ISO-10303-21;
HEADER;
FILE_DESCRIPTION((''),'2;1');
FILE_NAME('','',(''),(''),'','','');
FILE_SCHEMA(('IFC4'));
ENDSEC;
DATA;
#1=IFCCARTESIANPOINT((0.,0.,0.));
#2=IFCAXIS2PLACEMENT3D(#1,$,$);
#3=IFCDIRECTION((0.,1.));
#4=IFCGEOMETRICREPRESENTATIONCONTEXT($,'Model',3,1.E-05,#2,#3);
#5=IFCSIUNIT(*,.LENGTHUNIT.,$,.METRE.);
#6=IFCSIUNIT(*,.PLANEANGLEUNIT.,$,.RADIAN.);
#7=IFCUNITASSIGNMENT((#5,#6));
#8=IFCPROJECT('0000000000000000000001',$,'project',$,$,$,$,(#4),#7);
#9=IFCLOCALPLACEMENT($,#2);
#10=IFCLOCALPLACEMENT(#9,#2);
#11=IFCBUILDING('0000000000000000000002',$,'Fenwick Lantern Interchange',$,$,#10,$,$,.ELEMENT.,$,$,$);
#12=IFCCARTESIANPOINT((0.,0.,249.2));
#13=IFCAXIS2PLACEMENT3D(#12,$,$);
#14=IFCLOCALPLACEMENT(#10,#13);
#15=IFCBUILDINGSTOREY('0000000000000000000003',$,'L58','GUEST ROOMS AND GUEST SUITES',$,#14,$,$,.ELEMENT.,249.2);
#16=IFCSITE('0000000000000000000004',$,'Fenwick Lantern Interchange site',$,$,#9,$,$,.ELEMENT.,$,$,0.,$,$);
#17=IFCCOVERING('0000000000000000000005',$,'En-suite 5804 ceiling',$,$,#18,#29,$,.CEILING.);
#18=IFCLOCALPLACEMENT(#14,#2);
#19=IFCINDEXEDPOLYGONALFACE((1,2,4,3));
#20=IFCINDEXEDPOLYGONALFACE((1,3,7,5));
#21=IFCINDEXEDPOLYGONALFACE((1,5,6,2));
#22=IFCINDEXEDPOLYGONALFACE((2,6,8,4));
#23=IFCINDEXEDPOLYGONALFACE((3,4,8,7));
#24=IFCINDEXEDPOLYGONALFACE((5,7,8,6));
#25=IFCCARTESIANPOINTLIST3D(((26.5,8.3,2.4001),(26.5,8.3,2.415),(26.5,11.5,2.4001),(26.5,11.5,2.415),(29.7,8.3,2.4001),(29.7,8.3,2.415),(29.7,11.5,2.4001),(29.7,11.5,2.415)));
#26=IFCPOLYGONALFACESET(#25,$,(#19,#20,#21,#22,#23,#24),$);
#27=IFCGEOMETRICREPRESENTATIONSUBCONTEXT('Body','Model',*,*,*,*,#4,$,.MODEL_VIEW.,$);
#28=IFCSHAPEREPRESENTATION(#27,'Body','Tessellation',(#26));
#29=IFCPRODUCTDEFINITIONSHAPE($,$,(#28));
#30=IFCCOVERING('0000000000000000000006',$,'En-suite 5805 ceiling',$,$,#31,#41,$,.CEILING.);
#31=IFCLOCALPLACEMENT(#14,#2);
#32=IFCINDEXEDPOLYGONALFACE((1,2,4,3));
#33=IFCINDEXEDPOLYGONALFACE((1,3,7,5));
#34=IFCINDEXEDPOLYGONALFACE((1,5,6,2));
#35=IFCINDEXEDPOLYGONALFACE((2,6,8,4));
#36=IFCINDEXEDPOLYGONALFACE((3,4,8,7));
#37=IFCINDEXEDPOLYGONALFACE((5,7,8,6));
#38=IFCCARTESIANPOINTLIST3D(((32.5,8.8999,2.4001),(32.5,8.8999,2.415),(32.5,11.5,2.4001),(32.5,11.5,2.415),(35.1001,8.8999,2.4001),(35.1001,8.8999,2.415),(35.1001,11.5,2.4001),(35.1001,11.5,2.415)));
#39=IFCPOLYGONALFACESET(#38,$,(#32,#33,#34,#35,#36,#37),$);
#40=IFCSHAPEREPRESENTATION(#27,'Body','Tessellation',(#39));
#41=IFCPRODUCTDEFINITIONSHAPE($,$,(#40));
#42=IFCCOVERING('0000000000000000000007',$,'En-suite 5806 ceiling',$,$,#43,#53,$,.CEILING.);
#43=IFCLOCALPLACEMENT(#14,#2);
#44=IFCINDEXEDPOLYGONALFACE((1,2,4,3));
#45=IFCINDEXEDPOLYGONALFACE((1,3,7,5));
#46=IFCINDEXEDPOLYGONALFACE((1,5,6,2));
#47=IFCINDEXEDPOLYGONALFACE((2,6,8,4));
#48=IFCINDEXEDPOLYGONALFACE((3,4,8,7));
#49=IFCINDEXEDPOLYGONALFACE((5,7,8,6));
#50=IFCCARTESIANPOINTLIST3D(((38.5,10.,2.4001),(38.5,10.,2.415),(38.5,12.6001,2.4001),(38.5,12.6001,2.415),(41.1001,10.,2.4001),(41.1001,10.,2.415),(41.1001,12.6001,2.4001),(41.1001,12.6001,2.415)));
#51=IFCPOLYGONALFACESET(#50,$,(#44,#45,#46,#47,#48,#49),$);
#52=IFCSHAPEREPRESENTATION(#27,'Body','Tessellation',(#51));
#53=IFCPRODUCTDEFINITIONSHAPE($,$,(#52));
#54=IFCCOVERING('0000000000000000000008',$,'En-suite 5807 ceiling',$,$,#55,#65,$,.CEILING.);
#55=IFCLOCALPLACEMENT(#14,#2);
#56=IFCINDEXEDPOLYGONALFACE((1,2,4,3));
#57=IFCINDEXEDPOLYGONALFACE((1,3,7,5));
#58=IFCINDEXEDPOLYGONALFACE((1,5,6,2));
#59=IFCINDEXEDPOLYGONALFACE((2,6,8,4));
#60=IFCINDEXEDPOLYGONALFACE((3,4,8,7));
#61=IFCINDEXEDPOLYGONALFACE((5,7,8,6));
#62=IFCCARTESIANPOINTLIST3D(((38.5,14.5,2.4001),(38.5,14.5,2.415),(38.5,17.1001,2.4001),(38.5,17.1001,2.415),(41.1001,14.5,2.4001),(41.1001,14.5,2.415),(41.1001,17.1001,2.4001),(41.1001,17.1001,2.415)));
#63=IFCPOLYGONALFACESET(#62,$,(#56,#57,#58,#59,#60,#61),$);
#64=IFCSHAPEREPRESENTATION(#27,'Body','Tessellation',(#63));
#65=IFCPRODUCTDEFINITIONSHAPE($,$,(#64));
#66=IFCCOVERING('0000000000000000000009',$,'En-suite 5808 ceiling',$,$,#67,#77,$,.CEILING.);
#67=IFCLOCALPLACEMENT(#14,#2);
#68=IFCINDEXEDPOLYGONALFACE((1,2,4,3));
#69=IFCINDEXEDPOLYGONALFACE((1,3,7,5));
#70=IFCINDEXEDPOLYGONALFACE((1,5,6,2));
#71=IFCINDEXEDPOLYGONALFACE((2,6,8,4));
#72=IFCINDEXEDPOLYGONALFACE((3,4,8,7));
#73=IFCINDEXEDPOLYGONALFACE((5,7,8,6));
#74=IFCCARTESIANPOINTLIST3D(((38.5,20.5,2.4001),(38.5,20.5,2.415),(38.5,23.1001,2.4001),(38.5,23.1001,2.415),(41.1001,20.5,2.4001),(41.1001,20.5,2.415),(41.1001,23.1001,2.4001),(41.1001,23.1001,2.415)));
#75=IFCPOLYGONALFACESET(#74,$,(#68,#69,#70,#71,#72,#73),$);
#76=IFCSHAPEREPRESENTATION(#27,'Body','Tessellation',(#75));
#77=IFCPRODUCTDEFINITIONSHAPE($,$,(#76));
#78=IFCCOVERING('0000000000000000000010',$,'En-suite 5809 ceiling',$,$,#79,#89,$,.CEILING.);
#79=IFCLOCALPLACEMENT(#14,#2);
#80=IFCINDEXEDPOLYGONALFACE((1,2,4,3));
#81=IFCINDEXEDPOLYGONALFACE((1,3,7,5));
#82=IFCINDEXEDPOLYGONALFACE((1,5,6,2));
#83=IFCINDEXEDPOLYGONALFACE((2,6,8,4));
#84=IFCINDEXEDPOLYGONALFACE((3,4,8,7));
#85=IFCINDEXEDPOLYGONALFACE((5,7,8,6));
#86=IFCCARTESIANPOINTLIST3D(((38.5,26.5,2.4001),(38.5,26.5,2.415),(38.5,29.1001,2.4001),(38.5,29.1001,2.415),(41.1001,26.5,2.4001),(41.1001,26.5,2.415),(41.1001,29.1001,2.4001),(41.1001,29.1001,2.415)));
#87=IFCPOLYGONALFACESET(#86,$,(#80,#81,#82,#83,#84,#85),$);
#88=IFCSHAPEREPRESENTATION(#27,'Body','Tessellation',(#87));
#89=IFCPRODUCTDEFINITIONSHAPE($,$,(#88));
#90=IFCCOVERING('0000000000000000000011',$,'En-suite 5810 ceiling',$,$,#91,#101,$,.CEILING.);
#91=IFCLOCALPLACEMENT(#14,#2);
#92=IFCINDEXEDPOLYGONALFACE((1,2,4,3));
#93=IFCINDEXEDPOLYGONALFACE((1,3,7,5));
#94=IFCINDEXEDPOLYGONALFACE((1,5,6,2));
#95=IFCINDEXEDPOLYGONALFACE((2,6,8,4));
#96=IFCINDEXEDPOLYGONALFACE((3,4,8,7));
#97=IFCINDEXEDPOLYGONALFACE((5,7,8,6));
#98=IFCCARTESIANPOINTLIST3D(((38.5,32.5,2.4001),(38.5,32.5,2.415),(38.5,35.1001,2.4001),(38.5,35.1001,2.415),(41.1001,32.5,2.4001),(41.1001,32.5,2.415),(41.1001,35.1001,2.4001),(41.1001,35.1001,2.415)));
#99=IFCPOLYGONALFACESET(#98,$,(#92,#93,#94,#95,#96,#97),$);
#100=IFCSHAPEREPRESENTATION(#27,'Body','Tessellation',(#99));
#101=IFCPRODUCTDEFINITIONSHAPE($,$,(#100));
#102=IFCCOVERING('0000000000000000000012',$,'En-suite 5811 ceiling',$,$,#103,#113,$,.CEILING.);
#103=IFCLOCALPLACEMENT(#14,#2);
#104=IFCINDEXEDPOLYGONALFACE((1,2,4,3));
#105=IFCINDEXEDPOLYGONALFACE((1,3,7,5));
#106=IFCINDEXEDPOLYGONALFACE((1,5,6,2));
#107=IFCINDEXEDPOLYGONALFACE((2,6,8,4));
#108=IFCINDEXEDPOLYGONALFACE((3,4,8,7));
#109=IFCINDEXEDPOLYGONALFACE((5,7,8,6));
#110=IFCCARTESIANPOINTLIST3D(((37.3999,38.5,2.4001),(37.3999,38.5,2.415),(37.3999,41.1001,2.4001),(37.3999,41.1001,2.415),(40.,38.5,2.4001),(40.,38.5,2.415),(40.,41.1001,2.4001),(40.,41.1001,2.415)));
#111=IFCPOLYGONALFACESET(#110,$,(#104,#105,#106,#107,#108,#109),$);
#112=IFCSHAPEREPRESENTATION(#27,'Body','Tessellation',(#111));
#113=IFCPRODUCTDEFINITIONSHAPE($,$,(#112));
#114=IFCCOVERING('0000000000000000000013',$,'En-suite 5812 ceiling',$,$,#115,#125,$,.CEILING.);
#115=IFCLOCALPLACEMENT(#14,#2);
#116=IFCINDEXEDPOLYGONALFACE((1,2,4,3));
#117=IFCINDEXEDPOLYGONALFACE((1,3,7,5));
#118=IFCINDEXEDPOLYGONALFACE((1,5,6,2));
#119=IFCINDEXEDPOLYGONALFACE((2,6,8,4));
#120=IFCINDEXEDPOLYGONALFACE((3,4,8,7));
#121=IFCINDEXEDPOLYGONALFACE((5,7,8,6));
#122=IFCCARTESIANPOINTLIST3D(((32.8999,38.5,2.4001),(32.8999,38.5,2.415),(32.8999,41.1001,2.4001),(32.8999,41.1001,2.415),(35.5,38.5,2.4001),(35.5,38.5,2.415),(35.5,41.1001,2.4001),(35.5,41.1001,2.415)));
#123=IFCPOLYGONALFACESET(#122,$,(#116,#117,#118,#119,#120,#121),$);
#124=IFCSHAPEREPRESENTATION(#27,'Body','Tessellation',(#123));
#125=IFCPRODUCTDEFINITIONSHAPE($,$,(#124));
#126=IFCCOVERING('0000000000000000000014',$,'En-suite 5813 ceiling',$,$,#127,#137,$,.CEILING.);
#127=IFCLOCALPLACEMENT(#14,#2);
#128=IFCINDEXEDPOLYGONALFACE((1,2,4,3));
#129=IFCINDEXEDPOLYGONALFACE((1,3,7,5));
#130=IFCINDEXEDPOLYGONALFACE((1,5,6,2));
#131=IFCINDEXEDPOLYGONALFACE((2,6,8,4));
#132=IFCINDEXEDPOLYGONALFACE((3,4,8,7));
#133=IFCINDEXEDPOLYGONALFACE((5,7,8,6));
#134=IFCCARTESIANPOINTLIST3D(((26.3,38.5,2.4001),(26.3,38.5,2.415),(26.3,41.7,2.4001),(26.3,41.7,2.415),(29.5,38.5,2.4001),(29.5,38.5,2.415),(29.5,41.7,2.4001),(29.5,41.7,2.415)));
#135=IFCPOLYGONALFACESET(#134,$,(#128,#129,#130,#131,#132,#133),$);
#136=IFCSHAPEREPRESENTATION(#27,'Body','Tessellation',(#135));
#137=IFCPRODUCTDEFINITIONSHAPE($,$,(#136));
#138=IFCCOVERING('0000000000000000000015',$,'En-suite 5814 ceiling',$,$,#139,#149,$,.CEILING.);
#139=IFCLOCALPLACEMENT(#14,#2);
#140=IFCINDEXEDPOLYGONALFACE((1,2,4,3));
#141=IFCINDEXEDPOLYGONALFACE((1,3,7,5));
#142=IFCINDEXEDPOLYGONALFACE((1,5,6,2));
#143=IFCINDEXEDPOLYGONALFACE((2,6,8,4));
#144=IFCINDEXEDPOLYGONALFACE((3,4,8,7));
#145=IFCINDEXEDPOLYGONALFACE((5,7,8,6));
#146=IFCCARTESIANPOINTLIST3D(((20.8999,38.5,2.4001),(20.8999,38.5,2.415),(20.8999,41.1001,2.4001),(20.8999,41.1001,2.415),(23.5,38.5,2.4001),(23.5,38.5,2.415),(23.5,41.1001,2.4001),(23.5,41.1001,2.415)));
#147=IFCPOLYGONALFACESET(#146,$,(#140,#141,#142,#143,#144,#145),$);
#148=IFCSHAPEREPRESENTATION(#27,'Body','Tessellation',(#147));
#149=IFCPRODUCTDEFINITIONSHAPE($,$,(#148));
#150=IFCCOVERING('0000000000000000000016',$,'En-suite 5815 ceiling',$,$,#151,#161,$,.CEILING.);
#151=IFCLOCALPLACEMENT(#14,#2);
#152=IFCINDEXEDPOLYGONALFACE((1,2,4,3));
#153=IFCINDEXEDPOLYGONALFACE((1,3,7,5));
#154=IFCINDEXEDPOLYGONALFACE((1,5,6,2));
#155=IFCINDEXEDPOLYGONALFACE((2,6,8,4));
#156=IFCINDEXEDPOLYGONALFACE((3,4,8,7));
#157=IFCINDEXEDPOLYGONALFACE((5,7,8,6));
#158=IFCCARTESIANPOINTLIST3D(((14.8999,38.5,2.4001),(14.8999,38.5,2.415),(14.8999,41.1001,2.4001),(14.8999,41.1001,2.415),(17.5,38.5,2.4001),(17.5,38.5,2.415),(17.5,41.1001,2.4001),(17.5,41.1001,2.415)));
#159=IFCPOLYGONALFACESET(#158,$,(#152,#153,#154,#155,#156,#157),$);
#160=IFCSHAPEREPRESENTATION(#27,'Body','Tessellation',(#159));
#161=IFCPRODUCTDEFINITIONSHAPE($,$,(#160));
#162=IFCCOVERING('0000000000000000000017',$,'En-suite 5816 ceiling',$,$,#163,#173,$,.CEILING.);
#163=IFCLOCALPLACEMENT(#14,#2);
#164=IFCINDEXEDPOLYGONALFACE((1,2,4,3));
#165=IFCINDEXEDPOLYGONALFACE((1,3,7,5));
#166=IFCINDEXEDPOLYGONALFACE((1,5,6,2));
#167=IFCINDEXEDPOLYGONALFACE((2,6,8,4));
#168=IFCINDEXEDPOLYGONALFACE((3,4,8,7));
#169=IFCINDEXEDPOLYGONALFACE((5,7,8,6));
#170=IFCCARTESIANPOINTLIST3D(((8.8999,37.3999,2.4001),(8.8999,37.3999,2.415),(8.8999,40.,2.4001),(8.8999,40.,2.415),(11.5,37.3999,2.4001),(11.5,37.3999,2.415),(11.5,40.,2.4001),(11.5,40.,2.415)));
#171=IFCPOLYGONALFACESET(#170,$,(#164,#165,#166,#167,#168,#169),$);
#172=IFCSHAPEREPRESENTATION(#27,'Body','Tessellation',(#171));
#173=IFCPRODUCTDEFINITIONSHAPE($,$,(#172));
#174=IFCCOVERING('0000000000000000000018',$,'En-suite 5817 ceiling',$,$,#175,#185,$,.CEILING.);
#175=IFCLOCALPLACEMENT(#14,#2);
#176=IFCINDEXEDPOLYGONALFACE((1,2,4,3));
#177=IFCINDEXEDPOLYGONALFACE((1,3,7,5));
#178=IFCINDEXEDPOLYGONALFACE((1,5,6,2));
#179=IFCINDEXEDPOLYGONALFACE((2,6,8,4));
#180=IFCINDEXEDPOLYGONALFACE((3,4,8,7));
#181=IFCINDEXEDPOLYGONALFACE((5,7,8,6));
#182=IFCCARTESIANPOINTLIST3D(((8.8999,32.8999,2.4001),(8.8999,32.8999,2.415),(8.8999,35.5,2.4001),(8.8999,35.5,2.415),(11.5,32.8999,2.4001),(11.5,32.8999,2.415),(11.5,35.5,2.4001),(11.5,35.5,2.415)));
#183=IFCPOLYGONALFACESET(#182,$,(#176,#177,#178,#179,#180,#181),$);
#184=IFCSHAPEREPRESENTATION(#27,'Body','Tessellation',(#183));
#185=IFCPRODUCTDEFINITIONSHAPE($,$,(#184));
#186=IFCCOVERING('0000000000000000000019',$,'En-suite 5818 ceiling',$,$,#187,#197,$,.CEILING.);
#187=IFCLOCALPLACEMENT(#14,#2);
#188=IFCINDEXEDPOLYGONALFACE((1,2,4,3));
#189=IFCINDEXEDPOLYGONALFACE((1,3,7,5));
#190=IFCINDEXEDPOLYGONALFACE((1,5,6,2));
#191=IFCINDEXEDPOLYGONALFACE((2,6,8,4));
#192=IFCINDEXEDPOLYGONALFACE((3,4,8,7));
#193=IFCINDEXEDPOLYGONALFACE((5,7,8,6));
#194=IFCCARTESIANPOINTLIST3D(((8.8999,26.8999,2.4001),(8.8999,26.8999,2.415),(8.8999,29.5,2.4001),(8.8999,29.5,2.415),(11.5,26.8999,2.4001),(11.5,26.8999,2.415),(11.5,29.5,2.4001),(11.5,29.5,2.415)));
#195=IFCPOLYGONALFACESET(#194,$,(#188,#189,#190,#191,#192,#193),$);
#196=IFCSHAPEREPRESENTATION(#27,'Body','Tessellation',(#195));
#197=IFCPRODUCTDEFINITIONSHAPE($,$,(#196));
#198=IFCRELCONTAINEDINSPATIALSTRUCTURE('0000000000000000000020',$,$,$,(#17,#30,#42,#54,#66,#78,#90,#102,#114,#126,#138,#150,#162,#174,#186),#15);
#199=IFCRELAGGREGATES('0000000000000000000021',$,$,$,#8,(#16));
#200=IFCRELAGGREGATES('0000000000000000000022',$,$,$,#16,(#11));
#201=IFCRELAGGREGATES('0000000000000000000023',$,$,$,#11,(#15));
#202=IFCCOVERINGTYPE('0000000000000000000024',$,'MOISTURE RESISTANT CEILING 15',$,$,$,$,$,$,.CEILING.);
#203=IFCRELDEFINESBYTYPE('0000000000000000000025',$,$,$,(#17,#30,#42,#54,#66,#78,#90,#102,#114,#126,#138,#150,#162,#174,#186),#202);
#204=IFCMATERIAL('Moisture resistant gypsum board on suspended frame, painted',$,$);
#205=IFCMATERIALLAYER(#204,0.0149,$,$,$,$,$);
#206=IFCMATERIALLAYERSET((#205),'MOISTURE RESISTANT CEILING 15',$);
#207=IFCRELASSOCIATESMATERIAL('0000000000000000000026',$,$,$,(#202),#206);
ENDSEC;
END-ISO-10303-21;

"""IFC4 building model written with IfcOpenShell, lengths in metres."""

from ifc_helpers import new_model, si_unit, direction, frame, origin, place, context, subcontext, project, spatial, polyline, outline, extrude, material, layer, layer_set, type_object, element, save


model = new_model("IFC4")

# Units and contexts
model_context = context("Model", 3, precision=1e-05, world=origin(), true_north=direction((0.0, 1.0)))
body_context = subcontext(model_context, "Body", "Model", "MODEL_VIEW")
ifc_project = project(units=[si_unit("LENGTHUNIT", "METRE"), si_unit("PLANEANGLEUNIT", "RADIAN")], contexts=[model_context])

# Site, building, storey
site_placement = place(None, origin())
site = spatial("IfcSite", under=ifc_project, at=site_placement, Name="Fenwick Lantern Interchange site", CompositionType="ELEMENT", RefElevation=0.0)
building_placement = place(site_placement, origin())
building = spatial("IfcBuilding", under=site, at=building_placement, Name="Fenwick Lantern Interchange", CompositionType="ELEMENT")
storey_placement = place(building_placement, frame((0.0, 0.0, 249.2)))
storey = spatial("IfcBuildingStorey", under=building, at=storey_placement, Name="L58", Description="GUEST ROOMS AND GUEST SUITES", CompositionType="ELEMENT", Elevation=249.2)

# Coverings
ifc_material_1 = material(Name="Moisture resistant gypsum board on suspended frame, painted")
ifc_layer_1 = layer(ifc_material_1, 0.0149)
ifc_layer_set_1 = layer_set([ifc_layer_1], Name="MOISTURE RESISTANT CEILING 15")
covering_type_1 = type_object("IfcCoveringType", Name="MOISTURE RESISTANT CEILING 15", PredefinedType="CEILING", material=ifc_layer_set_1)
covering_1_placement = place(storey_placement, frame((0.0, 0.0, 2.4001)))
element("IfcCovering", 1, at=covering_1_placement, inside=storey, type_object=covering_type_1, Name="En-suite 5804 ceiling", PredefinedType="CEILING", context=body_context, shape_type="SweptSolid", body=[
    extrude(outline(polyline([(26.5, 8.3), (29.7, 8.3), (29.7, 11.5), (26.5, 11.5), (26.5, 8.3)])), origin(), (0.0, 0.0, 1.0), 0.0149),
])
covering_2_placement = place(storey_placement, frame((0.0, 0.0, 2.4001)))
element("IfcCovering", 2, at=covering_2_placement, inside=storey, type_object=covering_type_1, Name="En-suite 5805 ceiling", PredefinedType="CEILING", context=body_context, shape_type="SweptSolid", body=[
    extrude(outline(polyline([(32.5, 8.8999), (35.1001, 8.8999), (35.1001, 11.5), (32.5, 11.5), (32.5, 8.8999)])), origin(), (0.0, 0.0, 1.0), 0.0149),
])
covering_3_placement = place(storey_placement, frame((0.0, 0.0, 2.4001)))
element("IfcCovering", 3, at=covering_3_placement, inside=storey, type_object=covering_type_1, Name="En-suite 5806 ceiling", PredefinedType="CEILING", context=body_context, shape_type="SweptSolid", body=[
    extrude(outline(polyline([(41.1001, 10.0), (41.1001, 12.6001), (38.5, 12.6001), (38.5, 10.0), (41.1001, 10.0)])), origin(), (0.0, 0.0, 1.0), 0.0149),
])
covering_4_placement = place(storey_placement, frame((0.0, 0.0, 2.4001)))
element("IfcCovering", 4, at=covering_4_placement, inside=storey, type_object=covering_type_1, Name="En-suite 5807 ceiling", PredefinedType="CEILING", context=body_context, shape_type="SweptSolid", body=[
    extrude(outline(polyline([(41.1001, 14.5), (41.1001, 17.1001), (38.5, 17.1001), (38.5, 14.5), (41.1001, 14.5)])), origin(), (0.0, 0.0, 1.0), 0.0149),
])
covering_5_placement = place(storey_placement, frame((0.0, 0.0, 2.4001)))
element("IfcCovering", 5, at=covering_5_placement, inside=storey, type_object=covering_type_1, Name="En-suite 5808 ceiling", PredefinedType="CEILING", context=body_context, shape_type="SweptSolid", body=[
    extrude(outline(polyline([(41.1001, 20.5), (41.1001, 23.1001), (38.5, 23.1001), (38.5, 20.5), (41.1001, 20.5)])), origin(), (0.0, 0.0, 1.0), 0.0149),
])
covering_6_placement = place(storey_placement, frame((0.0, 0.0, 2.4001)))
element("IfcCovering", 6, at=covering_6_placement, inside=storey, type_object=covering_type_1, Name="En-suite 5809 ceiling", PredefinedType="CEILING", context=body_context, shape_type="SweptSolid", body=[
    extrude(outline(polyline([(41.1001, 26.5), (41.1001, 29.1001), (38.5, 29.1001), (38.5, 26.5), (41.1001, 26.5)])), origin(), (0.0, 0.0, 1.0), 0.0149),
])
covering_7_placement = place(storey_placement, frame((0.0, 0.0, 2.4001)))
element("IfcCovering", 7, at=covering_7_placement, inside=storey, type_object=covering_type_1, Name="En-suite 5810 ceiling", PredefinedType="CEILING", context=body_context, shape_type="SweptSolid", body=[
    extrude(outline(polyline([(41.1001, 32.5), (41.1001, 35.1001), (38.5, 35.1001), (38.5, 32.5), (41.1001, 32.5)])), origin(), (0.0, 0.0, 1.0), 0.0149),
])
covering_8_placement = place(storey_placement, frame((0.0, 0.0, 2.4001)))
element("IfcCovering", 8, at=covering_8_placement, inside=storey, type_object=covering_type_1, Name="En-suite 5811 ceiling", PredefinedType="CEILING", context=body_context, shape_type="SweptSolid", body=[
    extrude(outline(polyline([(40.0, 41.1001), (37.3999, 41.1001), (37.3999, 38.5), (40.0, 38.5), (40.0, 41.1001)])), origin(), (0.0, 0.0, 1.0), 0.0149),
])
covering_9_placement = place(storey_placement, frame((0.0, 0.0, 2.4001)))
element("IfcCovering", 9, at=covering_9_placement, inside=storey, type_object=covering_type_1, Name="En-suite 5812 ceiling", PredefinedType="CEILING", context=body_context, shape_type="SweptSolid", body=[
    extrude(outline(polyline([(35.5, 41.1001), (32.8999, 41.1001), (32.8999, 38.5), (35.5, 38.5), (35.5, 41.1001)])), origin(), (0.0, 0.0, 1.0), 0.0149),
])
covering_10_placement = place(storey_placement, frame((0.0, 0.0, 2.4001)))
element("IfcCovering", 10, at=covering_10_placement, inside=storey, type_object=covering_type_1, Name="En-suite 5813 ceiling", PredefinedType="CEILING", context=body_context, shape_type="SweptSolid", body=[
    extrude(outline(polyline([(29.5, 41.7), (26.3, 41.7), (26.3, 38.5), (29.5, 38.5), (29.5, 41.7)])), origin(), (0.0, 0.0, 1.0), 0.0149),
])
covering_11_placement = place(storey_placement, frame((0.0, 0.0, 2.4001)))
element("IfcCovering", 11, at=covering_11_placement, inside=storey, type_object=covering_type_1, Name="En-suite 5814 ceiling", PredefinedType="CEILING", context=body_context, shape_type="SweptSolid", body=[
    extrude(outline(polyline([(23.5, 41.1001), (20.8999, 41.1001), (20.8999, 38.5), (23.5, 38.5), (23.5, 41.1001)])), origin(), (0.0, 0.0, 1.0), 0.0149),
])
covering_12_placement = place(storey_placement, frame((0.0, 0.0, 2.4001)))
element("IfcCovering", 12, at=covering_12_placement, inside=storey, type_object=covering_type_1, Name="En-suite 5815 ceiling", PredefinedType="CEILING", context=body_context, shape_type="SweptSolid", body=[
    extrude(outline(polyline([(17.5, 41.1001), (14.8999, 41.1001), (14.8999, 38.5), (17.5, 38.5), (17.5, 41.1001)])), origin(), (0.0, 0.0, 1.0), 0.0149),
])
covering_13_placement = place(storey_placement, frame((0.0, 0.0, 2.4001)))
element("IfcCovering", 13, at=covering_13_placement, inside=storey, type_object=covering_type_1, Name="En-suite 5816 ceiling", PredefinedType="CEILING", context=body_context, shape_type="SweptSolid", body=[
    extrude(outline(polyline([(8.8999, 40.0), (8.8999, 37.3999), (11.5, 37.3999), (11.5, 40.0), (8.8999, 40.0)])), origin(), (0.0, 0.0, 1.0), 0.0149),
])
covering_14_placement = place(storey_placement, frame((0.0, 0.0, 2.4001)))
element("IfcCovering", 14, at=covering_14_placement, inside=storey, type_object=covering_type_1, Name="En-suite 5817 ceiling", PredefinedType="CEILING", context=body_context, shape_type="SweptSolid", body=[
    extrude(outline(polyline([(8.8999, 35.5), (8.8999, 32.8999), (11.5, 32.8999), (11.5, 35.5), (8.8999, 35.5)])), origin(), (0.0, 0.0, 1.0), 0.0149),
])
covering_15_placement = place(storey_placement, frame((0.0, 0.0, 2.4001)))
element("IfcCovering", 15, at=covering_15_placement, inside=storey, type_object=covering_type_1, Name="En-suite 5818 ceiling", PredefinedType="CEILING", context=body_context, shape_type="SweptSolid", body=[
    extrude(outline(polyline([(8.8999, 29.5), (8.8999, 26.8999), (11.5, 26.8999), (11.5, 29.5), (8.8999, 29.5)])), origin(), (0.0, 0.0, 1.0), 0.0149),
])

save(model, "model.ifc")
